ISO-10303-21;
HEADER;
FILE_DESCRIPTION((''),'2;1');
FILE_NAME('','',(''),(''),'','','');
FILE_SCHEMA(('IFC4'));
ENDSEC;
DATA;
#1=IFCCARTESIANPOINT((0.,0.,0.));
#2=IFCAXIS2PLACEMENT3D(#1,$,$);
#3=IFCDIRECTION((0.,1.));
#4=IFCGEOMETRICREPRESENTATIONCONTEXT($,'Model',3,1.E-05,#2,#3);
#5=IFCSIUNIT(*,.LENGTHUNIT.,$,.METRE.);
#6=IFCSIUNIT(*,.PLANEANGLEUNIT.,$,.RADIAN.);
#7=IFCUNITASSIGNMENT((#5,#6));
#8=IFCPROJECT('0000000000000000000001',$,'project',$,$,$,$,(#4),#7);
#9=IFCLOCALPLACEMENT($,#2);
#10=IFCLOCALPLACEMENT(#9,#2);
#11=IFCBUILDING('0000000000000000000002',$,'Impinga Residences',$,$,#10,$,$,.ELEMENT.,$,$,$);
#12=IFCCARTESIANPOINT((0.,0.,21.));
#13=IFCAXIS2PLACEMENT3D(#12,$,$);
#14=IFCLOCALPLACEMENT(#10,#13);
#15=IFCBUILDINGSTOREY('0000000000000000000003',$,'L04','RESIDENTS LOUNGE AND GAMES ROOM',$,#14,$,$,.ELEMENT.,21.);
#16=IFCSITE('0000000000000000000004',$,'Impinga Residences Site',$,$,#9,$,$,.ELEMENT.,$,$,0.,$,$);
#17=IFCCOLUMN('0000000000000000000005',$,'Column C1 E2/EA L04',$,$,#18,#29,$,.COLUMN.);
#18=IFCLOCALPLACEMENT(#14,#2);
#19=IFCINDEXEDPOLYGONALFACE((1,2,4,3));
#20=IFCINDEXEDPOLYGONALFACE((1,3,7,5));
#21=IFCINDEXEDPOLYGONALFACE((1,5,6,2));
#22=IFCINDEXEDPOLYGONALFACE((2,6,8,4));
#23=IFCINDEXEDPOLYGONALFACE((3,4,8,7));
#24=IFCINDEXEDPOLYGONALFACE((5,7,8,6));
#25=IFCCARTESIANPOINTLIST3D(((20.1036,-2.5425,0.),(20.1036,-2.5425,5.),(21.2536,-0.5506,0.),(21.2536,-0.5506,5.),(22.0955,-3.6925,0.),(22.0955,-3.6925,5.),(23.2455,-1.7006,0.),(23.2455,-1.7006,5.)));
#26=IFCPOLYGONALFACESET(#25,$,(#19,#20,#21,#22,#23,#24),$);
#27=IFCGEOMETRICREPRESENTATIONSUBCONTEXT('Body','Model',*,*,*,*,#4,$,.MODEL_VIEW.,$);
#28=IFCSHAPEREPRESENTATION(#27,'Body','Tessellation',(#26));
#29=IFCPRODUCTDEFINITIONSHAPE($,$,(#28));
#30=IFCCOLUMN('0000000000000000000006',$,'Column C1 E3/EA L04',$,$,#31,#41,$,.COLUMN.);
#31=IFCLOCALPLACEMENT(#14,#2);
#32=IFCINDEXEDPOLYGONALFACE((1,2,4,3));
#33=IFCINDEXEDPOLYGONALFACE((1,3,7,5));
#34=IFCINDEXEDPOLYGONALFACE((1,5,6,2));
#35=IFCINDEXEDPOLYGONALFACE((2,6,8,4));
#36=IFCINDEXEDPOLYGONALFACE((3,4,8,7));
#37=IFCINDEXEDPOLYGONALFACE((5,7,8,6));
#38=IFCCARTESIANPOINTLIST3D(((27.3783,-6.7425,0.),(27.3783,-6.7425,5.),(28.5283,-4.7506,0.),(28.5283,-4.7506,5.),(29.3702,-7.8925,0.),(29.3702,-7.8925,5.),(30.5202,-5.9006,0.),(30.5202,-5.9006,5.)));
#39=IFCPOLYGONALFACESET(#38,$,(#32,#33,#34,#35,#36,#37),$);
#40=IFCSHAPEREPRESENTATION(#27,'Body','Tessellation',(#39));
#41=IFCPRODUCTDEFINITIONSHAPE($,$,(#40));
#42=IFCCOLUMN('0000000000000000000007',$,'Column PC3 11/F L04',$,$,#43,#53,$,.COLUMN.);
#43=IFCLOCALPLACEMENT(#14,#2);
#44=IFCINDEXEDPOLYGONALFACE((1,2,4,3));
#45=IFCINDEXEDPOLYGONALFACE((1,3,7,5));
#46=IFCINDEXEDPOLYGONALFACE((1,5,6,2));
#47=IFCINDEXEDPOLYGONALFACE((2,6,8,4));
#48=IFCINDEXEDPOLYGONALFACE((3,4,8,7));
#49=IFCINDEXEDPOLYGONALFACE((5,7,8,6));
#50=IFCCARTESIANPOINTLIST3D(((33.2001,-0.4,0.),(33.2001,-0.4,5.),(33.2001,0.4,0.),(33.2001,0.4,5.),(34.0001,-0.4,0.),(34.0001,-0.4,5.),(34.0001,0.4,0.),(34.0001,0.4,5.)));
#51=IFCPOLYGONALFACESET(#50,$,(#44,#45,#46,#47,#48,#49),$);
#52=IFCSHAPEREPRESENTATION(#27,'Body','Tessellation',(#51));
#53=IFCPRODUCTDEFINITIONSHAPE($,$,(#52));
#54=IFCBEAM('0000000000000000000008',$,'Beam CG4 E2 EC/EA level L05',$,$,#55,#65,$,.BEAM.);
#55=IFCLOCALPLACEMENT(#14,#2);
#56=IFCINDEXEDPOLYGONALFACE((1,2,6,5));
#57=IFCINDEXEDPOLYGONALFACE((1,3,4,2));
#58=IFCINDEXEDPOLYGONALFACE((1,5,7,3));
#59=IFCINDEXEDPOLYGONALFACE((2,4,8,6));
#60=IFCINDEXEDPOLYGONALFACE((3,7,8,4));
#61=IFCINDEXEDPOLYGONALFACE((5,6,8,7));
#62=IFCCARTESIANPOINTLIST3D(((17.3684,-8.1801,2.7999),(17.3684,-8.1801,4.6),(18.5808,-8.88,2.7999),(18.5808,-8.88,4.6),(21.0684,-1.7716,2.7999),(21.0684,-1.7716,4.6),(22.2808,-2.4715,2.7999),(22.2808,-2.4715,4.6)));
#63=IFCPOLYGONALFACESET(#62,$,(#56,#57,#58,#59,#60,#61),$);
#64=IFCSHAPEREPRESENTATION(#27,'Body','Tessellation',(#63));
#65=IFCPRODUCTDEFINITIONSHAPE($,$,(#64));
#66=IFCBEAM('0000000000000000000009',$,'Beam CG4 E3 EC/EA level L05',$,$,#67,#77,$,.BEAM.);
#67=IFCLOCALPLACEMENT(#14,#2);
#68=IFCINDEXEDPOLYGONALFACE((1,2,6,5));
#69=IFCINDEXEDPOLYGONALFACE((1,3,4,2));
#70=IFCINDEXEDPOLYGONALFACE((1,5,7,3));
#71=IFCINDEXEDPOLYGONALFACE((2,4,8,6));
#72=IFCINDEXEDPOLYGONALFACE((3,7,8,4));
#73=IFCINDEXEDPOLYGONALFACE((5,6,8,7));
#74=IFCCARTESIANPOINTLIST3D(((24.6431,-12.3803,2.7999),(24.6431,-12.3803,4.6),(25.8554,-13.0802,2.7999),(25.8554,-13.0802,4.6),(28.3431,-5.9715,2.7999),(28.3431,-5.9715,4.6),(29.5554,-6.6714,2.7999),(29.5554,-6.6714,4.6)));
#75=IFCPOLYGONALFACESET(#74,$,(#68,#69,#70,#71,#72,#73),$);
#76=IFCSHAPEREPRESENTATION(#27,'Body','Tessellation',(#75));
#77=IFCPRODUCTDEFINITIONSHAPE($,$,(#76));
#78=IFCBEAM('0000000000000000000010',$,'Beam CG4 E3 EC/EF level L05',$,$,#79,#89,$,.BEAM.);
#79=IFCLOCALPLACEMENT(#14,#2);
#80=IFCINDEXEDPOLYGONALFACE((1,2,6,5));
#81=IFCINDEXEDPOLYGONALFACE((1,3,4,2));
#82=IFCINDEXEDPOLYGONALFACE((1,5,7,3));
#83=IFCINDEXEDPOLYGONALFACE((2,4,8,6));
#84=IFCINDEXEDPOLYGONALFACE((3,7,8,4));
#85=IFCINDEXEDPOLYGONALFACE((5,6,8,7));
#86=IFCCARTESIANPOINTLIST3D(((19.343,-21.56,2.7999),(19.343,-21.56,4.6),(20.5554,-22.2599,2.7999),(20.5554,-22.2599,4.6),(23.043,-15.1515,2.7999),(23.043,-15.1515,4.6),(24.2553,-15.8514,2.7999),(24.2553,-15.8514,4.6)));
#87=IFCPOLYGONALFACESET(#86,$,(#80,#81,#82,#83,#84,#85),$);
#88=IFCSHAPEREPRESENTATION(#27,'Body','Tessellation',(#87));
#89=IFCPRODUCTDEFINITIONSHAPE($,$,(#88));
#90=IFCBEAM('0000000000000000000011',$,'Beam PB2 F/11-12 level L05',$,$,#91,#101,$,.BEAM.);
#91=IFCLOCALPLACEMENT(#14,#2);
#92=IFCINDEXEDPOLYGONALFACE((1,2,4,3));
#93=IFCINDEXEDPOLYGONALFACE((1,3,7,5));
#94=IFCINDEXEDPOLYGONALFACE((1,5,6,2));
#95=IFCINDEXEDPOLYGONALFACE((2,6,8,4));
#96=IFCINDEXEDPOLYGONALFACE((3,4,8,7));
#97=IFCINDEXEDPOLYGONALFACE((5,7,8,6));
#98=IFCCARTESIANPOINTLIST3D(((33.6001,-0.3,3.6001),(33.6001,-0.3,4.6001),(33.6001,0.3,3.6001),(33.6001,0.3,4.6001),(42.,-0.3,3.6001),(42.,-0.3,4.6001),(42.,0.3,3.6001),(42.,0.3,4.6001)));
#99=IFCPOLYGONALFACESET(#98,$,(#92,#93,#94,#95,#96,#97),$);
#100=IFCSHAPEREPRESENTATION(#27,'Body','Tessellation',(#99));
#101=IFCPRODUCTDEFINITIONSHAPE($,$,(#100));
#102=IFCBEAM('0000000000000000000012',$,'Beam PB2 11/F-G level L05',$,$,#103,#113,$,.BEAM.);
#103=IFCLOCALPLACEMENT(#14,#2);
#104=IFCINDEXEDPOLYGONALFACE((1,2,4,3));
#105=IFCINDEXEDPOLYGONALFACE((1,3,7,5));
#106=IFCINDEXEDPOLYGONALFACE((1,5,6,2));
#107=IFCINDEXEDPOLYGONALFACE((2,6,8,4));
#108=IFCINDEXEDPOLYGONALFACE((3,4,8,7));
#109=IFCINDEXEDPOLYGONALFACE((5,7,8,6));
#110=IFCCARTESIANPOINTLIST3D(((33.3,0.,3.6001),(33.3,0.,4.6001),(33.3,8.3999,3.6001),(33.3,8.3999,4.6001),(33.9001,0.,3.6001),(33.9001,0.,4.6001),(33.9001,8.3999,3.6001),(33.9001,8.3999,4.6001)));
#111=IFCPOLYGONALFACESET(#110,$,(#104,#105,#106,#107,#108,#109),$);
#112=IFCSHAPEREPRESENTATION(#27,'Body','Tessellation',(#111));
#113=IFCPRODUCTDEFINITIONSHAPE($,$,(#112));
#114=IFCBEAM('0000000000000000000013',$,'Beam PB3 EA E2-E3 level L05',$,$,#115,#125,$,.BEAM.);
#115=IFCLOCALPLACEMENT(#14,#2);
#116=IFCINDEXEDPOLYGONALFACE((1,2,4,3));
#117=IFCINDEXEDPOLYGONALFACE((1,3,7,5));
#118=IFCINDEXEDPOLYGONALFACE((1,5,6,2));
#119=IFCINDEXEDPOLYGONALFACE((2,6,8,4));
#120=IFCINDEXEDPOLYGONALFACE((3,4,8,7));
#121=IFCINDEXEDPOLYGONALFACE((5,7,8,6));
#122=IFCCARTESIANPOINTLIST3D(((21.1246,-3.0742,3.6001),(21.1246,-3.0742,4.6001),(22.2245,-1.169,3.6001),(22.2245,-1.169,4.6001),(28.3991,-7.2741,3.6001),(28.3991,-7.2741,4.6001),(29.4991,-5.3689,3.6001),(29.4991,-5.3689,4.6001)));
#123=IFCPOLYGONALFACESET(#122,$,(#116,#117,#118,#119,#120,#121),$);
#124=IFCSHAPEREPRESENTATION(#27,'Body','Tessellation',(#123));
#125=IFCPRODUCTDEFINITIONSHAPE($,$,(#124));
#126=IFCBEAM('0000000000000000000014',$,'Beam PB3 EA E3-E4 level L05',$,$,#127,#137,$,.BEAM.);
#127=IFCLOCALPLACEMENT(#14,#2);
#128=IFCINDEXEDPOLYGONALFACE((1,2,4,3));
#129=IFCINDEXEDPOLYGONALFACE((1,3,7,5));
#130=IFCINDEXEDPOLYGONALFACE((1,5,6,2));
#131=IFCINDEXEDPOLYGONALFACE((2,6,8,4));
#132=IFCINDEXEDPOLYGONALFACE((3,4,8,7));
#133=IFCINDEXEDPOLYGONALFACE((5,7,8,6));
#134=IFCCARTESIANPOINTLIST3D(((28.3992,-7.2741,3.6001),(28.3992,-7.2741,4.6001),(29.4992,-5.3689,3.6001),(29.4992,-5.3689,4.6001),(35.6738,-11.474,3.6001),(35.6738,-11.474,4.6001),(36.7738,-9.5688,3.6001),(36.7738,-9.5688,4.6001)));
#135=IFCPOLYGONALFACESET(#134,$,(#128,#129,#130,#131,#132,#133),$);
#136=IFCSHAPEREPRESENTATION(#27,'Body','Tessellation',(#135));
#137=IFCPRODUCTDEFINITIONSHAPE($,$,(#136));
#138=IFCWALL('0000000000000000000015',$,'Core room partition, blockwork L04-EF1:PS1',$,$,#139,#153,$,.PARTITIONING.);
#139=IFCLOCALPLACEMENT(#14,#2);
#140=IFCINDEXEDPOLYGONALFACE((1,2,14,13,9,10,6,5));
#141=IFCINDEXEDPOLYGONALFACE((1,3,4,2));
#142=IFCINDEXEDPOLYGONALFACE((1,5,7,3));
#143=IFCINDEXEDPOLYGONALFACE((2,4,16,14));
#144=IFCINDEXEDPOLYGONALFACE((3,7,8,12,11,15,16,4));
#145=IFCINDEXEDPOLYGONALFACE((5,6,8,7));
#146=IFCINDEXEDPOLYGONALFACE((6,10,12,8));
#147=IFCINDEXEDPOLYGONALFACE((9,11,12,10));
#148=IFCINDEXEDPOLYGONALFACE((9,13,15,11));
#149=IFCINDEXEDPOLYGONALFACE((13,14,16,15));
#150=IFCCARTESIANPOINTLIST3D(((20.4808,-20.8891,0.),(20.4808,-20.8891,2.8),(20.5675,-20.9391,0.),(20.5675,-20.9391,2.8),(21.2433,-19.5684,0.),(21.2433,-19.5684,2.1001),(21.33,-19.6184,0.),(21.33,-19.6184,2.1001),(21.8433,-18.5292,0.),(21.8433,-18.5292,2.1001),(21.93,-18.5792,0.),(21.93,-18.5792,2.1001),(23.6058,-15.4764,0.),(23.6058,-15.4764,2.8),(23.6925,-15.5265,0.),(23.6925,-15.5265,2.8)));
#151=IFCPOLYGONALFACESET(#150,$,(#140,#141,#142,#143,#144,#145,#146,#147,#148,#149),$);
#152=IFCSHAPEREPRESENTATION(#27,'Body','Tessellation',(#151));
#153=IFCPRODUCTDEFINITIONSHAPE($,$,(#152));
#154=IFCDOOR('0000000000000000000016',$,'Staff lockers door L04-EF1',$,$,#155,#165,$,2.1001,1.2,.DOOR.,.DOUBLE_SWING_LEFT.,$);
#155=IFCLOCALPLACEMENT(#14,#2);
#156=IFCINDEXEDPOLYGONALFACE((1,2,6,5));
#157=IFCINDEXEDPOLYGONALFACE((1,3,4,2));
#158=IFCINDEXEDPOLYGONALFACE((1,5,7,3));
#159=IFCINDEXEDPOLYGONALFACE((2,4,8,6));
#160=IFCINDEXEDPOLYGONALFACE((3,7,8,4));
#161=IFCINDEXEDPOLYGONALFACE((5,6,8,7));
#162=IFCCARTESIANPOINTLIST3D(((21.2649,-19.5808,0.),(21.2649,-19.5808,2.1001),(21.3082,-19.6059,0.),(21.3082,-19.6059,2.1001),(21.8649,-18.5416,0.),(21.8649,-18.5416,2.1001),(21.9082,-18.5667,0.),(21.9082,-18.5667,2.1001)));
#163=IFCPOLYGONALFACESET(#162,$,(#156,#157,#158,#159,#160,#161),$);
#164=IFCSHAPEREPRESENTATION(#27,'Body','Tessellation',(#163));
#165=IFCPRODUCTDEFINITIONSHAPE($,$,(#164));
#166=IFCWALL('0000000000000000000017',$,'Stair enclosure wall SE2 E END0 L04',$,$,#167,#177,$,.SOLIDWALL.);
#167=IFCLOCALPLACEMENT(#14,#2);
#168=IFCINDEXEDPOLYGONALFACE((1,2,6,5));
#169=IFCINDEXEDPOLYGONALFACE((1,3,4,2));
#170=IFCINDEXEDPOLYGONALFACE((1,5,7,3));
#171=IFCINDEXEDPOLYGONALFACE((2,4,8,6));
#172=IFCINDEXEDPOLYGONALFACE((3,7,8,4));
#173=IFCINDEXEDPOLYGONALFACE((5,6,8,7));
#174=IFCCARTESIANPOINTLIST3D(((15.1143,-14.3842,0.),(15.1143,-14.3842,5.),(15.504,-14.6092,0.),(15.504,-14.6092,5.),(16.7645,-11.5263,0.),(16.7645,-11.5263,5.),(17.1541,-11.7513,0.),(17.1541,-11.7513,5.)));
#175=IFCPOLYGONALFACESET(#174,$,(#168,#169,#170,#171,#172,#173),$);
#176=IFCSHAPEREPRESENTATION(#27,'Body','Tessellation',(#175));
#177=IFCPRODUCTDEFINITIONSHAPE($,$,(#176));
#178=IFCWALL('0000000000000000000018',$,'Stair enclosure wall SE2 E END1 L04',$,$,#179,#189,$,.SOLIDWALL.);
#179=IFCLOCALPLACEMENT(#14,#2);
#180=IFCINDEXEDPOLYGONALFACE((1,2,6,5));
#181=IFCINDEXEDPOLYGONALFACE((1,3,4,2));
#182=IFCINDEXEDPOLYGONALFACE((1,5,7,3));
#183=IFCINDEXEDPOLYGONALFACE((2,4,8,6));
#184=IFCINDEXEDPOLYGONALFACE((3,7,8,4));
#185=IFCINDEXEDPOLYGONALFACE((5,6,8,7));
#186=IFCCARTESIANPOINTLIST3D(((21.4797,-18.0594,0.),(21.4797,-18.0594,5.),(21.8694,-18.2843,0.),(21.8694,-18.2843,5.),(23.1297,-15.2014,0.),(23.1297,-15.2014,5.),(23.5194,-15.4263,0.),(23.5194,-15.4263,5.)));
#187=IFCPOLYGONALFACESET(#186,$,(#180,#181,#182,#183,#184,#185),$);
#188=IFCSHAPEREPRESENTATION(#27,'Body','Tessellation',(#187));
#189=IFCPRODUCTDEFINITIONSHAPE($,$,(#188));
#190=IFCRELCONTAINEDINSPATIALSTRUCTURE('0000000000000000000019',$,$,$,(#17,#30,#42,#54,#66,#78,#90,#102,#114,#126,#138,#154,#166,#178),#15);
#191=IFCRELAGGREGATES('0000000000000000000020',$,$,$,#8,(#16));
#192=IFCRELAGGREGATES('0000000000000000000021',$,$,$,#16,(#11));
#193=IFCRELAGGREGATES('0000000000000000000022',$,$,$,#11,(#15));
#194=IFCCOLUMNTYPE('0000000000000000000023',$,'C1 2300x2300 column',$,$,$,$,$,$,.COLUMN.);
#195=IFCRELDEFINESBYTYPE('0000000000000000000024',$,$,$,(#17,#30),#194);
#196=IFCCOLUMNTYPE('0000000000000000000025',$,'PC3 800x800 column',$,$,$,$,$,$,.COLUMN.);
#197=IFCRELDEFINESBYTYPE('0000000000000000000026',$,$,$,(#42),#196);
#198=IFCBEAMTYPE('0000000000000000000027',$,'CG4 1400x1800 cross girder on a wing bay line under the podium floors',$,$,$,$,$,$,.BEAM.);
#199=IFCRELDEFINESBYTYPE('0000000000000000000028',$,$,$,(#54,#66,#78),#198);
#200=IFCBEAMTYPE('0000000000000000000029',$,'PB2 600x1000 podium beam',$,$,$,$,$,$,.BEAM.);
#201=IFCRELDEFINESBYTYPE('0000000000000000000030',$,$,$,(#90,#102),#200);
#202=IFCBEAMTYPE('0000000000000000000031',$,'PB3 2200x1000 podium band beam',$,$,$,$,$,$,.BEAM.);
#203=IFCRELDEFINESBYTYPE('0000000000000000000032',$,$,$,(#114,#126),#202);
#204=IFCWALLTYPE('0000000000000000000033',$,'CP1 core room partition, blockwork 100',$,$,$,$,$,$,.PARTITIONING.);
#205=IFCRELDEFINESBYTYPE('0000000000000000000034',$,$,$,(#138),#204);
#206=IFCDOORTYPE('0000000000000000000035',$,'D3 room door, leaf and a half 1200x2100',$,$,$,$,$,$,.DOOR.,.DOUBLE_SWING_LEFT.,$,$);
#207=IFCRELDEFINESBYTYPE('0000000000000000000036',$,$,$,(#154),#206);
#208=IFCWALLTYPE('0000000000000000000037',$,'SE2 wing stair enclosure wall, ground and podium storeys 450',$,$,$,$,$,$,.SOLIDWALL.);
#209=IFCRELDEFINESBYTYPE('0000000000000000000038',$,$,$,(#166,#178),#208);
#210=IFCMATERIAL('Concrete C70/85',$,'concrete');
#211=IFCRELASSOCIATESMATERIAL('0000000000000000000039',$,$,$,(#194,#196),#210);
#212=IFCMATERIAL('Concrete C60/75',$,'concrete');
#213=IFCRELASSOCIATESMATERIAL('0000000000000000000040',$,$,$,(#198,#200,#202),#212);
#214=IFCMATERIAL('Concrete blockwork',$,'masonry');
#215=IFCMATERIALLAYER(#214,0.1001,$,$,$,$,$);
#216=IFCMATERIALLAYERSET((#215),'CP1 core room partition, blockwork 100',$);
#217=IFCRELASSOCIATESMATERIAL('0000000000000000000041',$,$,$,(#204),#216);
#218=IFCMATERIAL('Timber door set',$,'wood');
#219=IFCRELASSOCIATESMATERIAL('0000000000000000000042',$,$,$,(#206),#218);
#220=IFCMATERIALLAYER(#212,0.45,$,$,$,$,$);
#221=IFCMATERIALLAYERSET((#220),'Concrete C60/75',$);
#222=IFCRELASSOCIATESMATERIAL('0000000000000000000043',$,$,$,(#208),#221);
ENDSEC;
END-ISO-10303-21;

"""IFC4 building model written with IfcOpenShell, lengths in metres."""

from ifc_helpers import new_model, si_unit, direction, frame, frame_2d, origin, origin_2d, place, context, subcontext, project, spatial, rectangle, extrude, material, layer, layer_set, material_profile, profile_set, type_object, element, fill, save


model = new_model("IFC4")

# Units and contexts
model_context = context("Model", 3, precision=1e-05, world=origin(), true_north=direction((0.0, 1.0)))
body_context = subcontext(model_context, "Body", "Model", "MODEL_VIEW")
ifc_project = project(units=[si_unit("LENGTHUNIT", "METRE"), si_unit("PLANEANGLEUNIT", "RADIAN")], contexts=[model_context])

# Site, building, storey
site_placement = place(None, origin())
site = spatial("IfcSite", under=ifc_project, at=site_placement, Name="Impinga Residences Site", CompositionType="ELEMENT", RefElevation=0.0)
building_placement = place(site_placement, origin())
building = spatial("IfcBuilding", under=site, at=building_placement, Name="Impinga Residences", CompositionType="ELEMENT")
storey_placement = place(building_placement, frame((0.0, 0.0, 21.0)))
storey = spatial("IfcBuildingStorey", under=building, at=storey_placement, Name="L04", Description="RESIDENTS LOUNGE AND GAMES ROOM", CompositionType="ELEMENT", Elevation=21.0)

# Columns
ifc_material_1 = material(Name="Concrete C70/85", Category="concrete")
ifc_material_profile_1 = material_profile(ifc_material_1, rectangle(XDim=2.3, YDim=2.3, at=origin_2d()), Name="RC 2300x2300")
ifc_profile_set_1 = profile_set([ifc_material_profile_1], Name="Concrete C70/85")
column_type_1 = type_object("IfcColumnType", Name="C1 2300x2300 column", PredefinedType="COLUMN", material=ifc_profile_set_1)
for number, where, z_axis, x_axis, name in (
    (1, (21.6746, -2.1216, 0.0), (0.0, 0.0, 1.0), (-0.5, -0.866025, 0.0), "Column C1 E2/EA L04"),
    (2, (28.9492, -6.3215, 0.0), (0.0, 0.0, 1.0), (-0.5, -0.866025, 0.0), "Column C1 E3/EA L04"),
):
    element("IfcColumn", number, at=place(storey_placement, frame(where, z_axis=z_axis, x_axis=x_axis)), inside=storey, type_object=column_type_1, Name=name, PredefinedType="COLUMN", context=body_context, shape_type="SweptSolid", body=[
        extrude(rectangle(XDim=2.3, YDim=2.3, at=origin_2d()), origin(), (0.0, 0.0, 1.0), 5.0),
    ])
ifc_material_profile_2 = material_profile(ifc_material_1, rectangle(XDim=0.8, YDim=0.8, at=origin_2d()), Name="RC 800x800")
ifc_profile_set_2 = profile_set([ifc_material_profile_2], Name="Concrete C70/85")
column_type_2 = type_object("IfcColumnType", Name="PC3 800x800 column", PredefinedType="COLUMN", material=ifc_profile_set_2)
column_placement = place(storey_placement, frame((33.6001, 0.0, 0.0), z_axis=(0.0, 0.0, 1.0), x_axis=(1.0, 0.0, 0.0)))
element("IfcColumn", 3, at=column_placement, inside=storey, type_object=column_type_2, Name="Column PC3 11/F L04", PredefinedType="COLUMN", context=body_context, shape_type="SweptSolid", body=[
    extrude(rectangle(XDim=0.8, YDim=0.8, at=origin_2d()), origin(), (0.0, 0.0, 1.0), 5.0),
])

# Beams
ifc_material_2 = material(Name="Concrete C60/75", Category="concrete")
ifc_material_profile_3 = material_profile(ifc_material_2, rectangle(XDim=1.3999, YDim=1.8, at=origin_2d()), Name="RC 1400x1800")
ifc_profile_set_3 = profile_set([ifc_material_profile_3], Name="Concrete C60/75")
beam_type_1 = type_object("IfcBeamType", Name="CG4 1400x1800 cross girder on a wing bay line under the podium floors", PredefinedType="BEAM", material=ifc_profile_set_3)
beam_1_placement = place(storey_placement, frame((17.9746, -8.53, 3.7), z_axis=(0.500003, 0.866024, 0.0), x_axis=(-0.866024, 0.500003, 0.0)))
element("IfcBeam", 4, at=beam_1_placement, inside=storey, type_object=beam_type_1, Name="Beam CG4 E2 EC/EA level L05", PredefinedType="BEAM", context=body_context, shape_type="SweptSolid", body=[
    extrude(rectangle(XDim=1.3999, YDim=1.8, at=origin_2d()), origin(), (0.0, 0.0, 1.0), 7.3999),
])
beam_2_placement = place(storey_placement, frame((25.2493, -12.7302, 3.7), z_axis=(0.499989, 0.866032, 0.0), x_axis=(-0.866032, 0.499989, 0.0)))
element("IfcBeam", 5, at=beam_2_placement, inside=storey, type_object=beam_type_1, Name="Beam CG4 E3 EC/EA level L05", PredefinedType="BEAM", context=body_context, shape_type="SweptSolid", body=[
    extrude(rectangle(XDim=1.3999, YDim=1.8, at=origin_2d()), origin(), (0.0, 0.0, 1.0), 7.4001),
])
beam_3_placement = place(storey_placement, frame((23.6492, -15.5015, 3.7), z_axis=(-0.500003, -0.866024, 0.0), x_axis=(0.866024, -0.500003, 0.0)))
element("IfcBeam", 6, at=beam_3_placement, inside=storey, type_object=beam_type_1, Name="Beam CG4 E3 EC/EF level L05", PredefinedType="BEAM", context=body_context, shape_type="SweptSolid", body=[
    extrude(rectangle(XDim=1.3999, YDim=1.8, at=origin_2d()), origin(), (0.0, 0.0, 1.0), 7.3999),
])
ifc_material_profile_4 = material_profile(ifc_material_2, rectangle(XDim=0.6001, YDim=1.0, at=origin_2d()), Name="RC 600x1000")
ifc_profile_set_4 = profile_set([ifc_material_profile_4], Name="Concrete C60/75")
beam_type_2 = type_object("IfcBeamType", Name="PB2 600x1000 podium beam", PredefinedType="BEAM", material=ifc_profile_set_4)
for number, where, z_axis, x_axis, name in (
    (7, (33.6001, 0.0, 4.1001), (1.0, 0.0, 0.0), (0.0, 1.0, 0.0), "Beam PB2 F/11-12 level L05"),
    (8, (33.6001, 0.0, 4.1001), (0.0, 1.0, 0.0), (-1.0, 0.0, 0.0), "Beam PB2 11/F-G level L05"),
):
    element("IfcBeam", number, at=place(storey_placement, frame(where, z_axis=z_axis, x_axis=x_axis)), inside=storey, type_object=beam_type_2, Name=name, PredefinedType="BEAM", context=body_context, shape_type="SweptSolid", body=[
        extrude(rectangle(XDim=0.6001, YDim=1.0, at=origin_2d()), origin(), (0.0, 0.0, 1.0), 8.3999),
    ])
ifc_material_profile_5 = material_profile(ifc_material_2, rectangle(XDim=2.2, YDim=1.0, at=origin_2d()), Name="RC 2200x1000")
ifc_profile_set_5 = profile_set([ifc_material_profile_5], Name="Concrete C60/75")
beam_type_3 = type_object("IfcBeamType", Name="PB3 2200x1000 podium band beam", PredefinedType="BEAM", material=ifc_profile_set_5)
for number, where, z_axis, x_axis, name in (
    (9, (21.6746, -2.1216, 4.1001), (0.866029, -0.499993, 0.0), (0.499993, 0.866029, 0.0), "Beam PB3 EA E2-E3 level L05"),
    (10, (28.9492, -6.3215, 4.1001), (0.866029, -0.499993, 0.0), (0.499993, 0.866029, 0.0), "Beam PB3 EA E3-E4 level L05"),
):
    element("IfcBeam", number, at=place(storey_placement, frame(where, z_axis=z_axis, x_axis=x_axis)), inside=storey, type_object=beam_type_3, Name=name, PredefinedType="BEAM", context=body_context, shape_type="SweptSolid", body=[
        extrude(rectangle(XDim=2.2, YDim=1.0, at=origin_2d()), origin(), (0.0, 0.0, 1.0), 8.3999),
    ])

# Wall, opening, door
ifc_material_3 = material(Name="Concrete blockwork", Category="masonry")
ifc_layer_1 = layer(ifc_material_3, 0.1001)
ifc_layer_set_1 = layer_set([ifc_layer_1], Name="CP1 core room partition, blockwork 100")
wall_type_1 = type_object("IfcWallType", Name="CP1 core room partition, blockwork 100", PredefinedType="PARTITIONING", material=ifc_layer_set_1)
wall_placement = place(storey_placement, frame((23.6492, -15.5015, 0.0), z_axis=(0.0, 0.0, 1.0), x_axis=(-0.500004, -0.866023, 0.0)))
wall = element("IfcWall", 11, at=wall_placement, inside=storey, type_object=wall_type_1, Name="Core room partition, blockwork L04-EF1:PS1", PredefinedType="PARTITIONING", context=body_context, shape_type="SweptSolid", body=[
    extrude(rectangle(XDim=6.25, YDim=0.1001, at=frame_2d((3.125, 0.0))), origin(), (0.0, 0.0, 1.0), 2.8),
])
opening_placement = place(wall_placement, frame((3.5249, 0.0, 0.0)))
opening = element("IfcOpeningElement", 12, at=opening_placement, cuts=wall, PredefinedType="OPENING", context=body_context, shape_type="SweptSolid", body=[
    extrude(rectangle(XDim=1.2, YDim=2.1001, at=frame_2d((0.6001, 1.05))), frame((0.0, 0.0601, 0.0), z_axis=(0.0, -1.0, 0.0), x_axis=(1.0, 0.0, 0.0)), (0.0, 0.0, 1.0), 0.1201),
])
ifc_material_4 = material(Name="Timber door set", Category="wood")
door_type = type_object("IfcDoorType", Name="D3 room door, leaf and a half 1200x2100", OperationType="DOUBLE_SWING_LEFT", PredefinedType="DOOR", material=ifc_material_4)
door_placement = place(opening_placement, origin())
door = element("IfcDoor", 13, at=door_placement, inside=storey, type_object=door_type, Name="Staff lockers door L04-EF1", OperationType="DOUBLE_SWING_LEFT", OverallHeight=2.1001, OverallWidth=1.2, PredefinedType="DOOR", context=body_context, shape_type="SweptSolid", body=[
    extrude(rectangle(XDim=1.2, YDim=2.1001, at=frame_2d((0.6001, 1.05))), frame((0.0, 0.0249, 0.0), z_axis=(0.0, -1.0, 0.0), x_axis=(1.0, 0.0, 0.0)), (0.0, 0.0, 1.0), 0.05),
])
fill(opening, door)

# Walls
ifc_layer_2 = layer(ifc_material_2, 0.45)
ifc_layer_set_2 = layer_set([ifc_layer_2], Name="Concrete C60/75")
wall_type_2 = type_object("IfcWallType", Name="SE2 wing stair enclosure wall, ground and podium storeys 450", PredefinedType="SOLIDWALL", material=ifc_layer_set_2)
for number, where, z_axis, x_axis, name in (
    (14, (16.9592, -11.6389, 0.0), (0.0, 0.0, 1.0), (-0.50003, -0.866008, 0.0), "Stair enclosure wall SE2 E END0 L04"),
    (15, (23.3245, -15.314, 0.0), (0.0, 0.0, 1.0), (-0.499974, -0.86604, 0.0), "Stair enclosure wall SE2 E END1 L04"),
):
    element("IfcWall", number, at=place(storey_placement, frame(where, z_axis=z_axis, x_axis=x_axis)), inside=storey, type_object=wall_type_2, Name=name, PredefinedType="SOLIDWALL", context=body_context, shape_type="SweptSolid", body=[
        extrude(rectangle(XDim=3.3, YDim=0.45, at=frame_2d((1.6499, 0.0))), origin(), (0.0, 0.0, 1.0), 5.0),
    ])

save(model, "model.ifc")
